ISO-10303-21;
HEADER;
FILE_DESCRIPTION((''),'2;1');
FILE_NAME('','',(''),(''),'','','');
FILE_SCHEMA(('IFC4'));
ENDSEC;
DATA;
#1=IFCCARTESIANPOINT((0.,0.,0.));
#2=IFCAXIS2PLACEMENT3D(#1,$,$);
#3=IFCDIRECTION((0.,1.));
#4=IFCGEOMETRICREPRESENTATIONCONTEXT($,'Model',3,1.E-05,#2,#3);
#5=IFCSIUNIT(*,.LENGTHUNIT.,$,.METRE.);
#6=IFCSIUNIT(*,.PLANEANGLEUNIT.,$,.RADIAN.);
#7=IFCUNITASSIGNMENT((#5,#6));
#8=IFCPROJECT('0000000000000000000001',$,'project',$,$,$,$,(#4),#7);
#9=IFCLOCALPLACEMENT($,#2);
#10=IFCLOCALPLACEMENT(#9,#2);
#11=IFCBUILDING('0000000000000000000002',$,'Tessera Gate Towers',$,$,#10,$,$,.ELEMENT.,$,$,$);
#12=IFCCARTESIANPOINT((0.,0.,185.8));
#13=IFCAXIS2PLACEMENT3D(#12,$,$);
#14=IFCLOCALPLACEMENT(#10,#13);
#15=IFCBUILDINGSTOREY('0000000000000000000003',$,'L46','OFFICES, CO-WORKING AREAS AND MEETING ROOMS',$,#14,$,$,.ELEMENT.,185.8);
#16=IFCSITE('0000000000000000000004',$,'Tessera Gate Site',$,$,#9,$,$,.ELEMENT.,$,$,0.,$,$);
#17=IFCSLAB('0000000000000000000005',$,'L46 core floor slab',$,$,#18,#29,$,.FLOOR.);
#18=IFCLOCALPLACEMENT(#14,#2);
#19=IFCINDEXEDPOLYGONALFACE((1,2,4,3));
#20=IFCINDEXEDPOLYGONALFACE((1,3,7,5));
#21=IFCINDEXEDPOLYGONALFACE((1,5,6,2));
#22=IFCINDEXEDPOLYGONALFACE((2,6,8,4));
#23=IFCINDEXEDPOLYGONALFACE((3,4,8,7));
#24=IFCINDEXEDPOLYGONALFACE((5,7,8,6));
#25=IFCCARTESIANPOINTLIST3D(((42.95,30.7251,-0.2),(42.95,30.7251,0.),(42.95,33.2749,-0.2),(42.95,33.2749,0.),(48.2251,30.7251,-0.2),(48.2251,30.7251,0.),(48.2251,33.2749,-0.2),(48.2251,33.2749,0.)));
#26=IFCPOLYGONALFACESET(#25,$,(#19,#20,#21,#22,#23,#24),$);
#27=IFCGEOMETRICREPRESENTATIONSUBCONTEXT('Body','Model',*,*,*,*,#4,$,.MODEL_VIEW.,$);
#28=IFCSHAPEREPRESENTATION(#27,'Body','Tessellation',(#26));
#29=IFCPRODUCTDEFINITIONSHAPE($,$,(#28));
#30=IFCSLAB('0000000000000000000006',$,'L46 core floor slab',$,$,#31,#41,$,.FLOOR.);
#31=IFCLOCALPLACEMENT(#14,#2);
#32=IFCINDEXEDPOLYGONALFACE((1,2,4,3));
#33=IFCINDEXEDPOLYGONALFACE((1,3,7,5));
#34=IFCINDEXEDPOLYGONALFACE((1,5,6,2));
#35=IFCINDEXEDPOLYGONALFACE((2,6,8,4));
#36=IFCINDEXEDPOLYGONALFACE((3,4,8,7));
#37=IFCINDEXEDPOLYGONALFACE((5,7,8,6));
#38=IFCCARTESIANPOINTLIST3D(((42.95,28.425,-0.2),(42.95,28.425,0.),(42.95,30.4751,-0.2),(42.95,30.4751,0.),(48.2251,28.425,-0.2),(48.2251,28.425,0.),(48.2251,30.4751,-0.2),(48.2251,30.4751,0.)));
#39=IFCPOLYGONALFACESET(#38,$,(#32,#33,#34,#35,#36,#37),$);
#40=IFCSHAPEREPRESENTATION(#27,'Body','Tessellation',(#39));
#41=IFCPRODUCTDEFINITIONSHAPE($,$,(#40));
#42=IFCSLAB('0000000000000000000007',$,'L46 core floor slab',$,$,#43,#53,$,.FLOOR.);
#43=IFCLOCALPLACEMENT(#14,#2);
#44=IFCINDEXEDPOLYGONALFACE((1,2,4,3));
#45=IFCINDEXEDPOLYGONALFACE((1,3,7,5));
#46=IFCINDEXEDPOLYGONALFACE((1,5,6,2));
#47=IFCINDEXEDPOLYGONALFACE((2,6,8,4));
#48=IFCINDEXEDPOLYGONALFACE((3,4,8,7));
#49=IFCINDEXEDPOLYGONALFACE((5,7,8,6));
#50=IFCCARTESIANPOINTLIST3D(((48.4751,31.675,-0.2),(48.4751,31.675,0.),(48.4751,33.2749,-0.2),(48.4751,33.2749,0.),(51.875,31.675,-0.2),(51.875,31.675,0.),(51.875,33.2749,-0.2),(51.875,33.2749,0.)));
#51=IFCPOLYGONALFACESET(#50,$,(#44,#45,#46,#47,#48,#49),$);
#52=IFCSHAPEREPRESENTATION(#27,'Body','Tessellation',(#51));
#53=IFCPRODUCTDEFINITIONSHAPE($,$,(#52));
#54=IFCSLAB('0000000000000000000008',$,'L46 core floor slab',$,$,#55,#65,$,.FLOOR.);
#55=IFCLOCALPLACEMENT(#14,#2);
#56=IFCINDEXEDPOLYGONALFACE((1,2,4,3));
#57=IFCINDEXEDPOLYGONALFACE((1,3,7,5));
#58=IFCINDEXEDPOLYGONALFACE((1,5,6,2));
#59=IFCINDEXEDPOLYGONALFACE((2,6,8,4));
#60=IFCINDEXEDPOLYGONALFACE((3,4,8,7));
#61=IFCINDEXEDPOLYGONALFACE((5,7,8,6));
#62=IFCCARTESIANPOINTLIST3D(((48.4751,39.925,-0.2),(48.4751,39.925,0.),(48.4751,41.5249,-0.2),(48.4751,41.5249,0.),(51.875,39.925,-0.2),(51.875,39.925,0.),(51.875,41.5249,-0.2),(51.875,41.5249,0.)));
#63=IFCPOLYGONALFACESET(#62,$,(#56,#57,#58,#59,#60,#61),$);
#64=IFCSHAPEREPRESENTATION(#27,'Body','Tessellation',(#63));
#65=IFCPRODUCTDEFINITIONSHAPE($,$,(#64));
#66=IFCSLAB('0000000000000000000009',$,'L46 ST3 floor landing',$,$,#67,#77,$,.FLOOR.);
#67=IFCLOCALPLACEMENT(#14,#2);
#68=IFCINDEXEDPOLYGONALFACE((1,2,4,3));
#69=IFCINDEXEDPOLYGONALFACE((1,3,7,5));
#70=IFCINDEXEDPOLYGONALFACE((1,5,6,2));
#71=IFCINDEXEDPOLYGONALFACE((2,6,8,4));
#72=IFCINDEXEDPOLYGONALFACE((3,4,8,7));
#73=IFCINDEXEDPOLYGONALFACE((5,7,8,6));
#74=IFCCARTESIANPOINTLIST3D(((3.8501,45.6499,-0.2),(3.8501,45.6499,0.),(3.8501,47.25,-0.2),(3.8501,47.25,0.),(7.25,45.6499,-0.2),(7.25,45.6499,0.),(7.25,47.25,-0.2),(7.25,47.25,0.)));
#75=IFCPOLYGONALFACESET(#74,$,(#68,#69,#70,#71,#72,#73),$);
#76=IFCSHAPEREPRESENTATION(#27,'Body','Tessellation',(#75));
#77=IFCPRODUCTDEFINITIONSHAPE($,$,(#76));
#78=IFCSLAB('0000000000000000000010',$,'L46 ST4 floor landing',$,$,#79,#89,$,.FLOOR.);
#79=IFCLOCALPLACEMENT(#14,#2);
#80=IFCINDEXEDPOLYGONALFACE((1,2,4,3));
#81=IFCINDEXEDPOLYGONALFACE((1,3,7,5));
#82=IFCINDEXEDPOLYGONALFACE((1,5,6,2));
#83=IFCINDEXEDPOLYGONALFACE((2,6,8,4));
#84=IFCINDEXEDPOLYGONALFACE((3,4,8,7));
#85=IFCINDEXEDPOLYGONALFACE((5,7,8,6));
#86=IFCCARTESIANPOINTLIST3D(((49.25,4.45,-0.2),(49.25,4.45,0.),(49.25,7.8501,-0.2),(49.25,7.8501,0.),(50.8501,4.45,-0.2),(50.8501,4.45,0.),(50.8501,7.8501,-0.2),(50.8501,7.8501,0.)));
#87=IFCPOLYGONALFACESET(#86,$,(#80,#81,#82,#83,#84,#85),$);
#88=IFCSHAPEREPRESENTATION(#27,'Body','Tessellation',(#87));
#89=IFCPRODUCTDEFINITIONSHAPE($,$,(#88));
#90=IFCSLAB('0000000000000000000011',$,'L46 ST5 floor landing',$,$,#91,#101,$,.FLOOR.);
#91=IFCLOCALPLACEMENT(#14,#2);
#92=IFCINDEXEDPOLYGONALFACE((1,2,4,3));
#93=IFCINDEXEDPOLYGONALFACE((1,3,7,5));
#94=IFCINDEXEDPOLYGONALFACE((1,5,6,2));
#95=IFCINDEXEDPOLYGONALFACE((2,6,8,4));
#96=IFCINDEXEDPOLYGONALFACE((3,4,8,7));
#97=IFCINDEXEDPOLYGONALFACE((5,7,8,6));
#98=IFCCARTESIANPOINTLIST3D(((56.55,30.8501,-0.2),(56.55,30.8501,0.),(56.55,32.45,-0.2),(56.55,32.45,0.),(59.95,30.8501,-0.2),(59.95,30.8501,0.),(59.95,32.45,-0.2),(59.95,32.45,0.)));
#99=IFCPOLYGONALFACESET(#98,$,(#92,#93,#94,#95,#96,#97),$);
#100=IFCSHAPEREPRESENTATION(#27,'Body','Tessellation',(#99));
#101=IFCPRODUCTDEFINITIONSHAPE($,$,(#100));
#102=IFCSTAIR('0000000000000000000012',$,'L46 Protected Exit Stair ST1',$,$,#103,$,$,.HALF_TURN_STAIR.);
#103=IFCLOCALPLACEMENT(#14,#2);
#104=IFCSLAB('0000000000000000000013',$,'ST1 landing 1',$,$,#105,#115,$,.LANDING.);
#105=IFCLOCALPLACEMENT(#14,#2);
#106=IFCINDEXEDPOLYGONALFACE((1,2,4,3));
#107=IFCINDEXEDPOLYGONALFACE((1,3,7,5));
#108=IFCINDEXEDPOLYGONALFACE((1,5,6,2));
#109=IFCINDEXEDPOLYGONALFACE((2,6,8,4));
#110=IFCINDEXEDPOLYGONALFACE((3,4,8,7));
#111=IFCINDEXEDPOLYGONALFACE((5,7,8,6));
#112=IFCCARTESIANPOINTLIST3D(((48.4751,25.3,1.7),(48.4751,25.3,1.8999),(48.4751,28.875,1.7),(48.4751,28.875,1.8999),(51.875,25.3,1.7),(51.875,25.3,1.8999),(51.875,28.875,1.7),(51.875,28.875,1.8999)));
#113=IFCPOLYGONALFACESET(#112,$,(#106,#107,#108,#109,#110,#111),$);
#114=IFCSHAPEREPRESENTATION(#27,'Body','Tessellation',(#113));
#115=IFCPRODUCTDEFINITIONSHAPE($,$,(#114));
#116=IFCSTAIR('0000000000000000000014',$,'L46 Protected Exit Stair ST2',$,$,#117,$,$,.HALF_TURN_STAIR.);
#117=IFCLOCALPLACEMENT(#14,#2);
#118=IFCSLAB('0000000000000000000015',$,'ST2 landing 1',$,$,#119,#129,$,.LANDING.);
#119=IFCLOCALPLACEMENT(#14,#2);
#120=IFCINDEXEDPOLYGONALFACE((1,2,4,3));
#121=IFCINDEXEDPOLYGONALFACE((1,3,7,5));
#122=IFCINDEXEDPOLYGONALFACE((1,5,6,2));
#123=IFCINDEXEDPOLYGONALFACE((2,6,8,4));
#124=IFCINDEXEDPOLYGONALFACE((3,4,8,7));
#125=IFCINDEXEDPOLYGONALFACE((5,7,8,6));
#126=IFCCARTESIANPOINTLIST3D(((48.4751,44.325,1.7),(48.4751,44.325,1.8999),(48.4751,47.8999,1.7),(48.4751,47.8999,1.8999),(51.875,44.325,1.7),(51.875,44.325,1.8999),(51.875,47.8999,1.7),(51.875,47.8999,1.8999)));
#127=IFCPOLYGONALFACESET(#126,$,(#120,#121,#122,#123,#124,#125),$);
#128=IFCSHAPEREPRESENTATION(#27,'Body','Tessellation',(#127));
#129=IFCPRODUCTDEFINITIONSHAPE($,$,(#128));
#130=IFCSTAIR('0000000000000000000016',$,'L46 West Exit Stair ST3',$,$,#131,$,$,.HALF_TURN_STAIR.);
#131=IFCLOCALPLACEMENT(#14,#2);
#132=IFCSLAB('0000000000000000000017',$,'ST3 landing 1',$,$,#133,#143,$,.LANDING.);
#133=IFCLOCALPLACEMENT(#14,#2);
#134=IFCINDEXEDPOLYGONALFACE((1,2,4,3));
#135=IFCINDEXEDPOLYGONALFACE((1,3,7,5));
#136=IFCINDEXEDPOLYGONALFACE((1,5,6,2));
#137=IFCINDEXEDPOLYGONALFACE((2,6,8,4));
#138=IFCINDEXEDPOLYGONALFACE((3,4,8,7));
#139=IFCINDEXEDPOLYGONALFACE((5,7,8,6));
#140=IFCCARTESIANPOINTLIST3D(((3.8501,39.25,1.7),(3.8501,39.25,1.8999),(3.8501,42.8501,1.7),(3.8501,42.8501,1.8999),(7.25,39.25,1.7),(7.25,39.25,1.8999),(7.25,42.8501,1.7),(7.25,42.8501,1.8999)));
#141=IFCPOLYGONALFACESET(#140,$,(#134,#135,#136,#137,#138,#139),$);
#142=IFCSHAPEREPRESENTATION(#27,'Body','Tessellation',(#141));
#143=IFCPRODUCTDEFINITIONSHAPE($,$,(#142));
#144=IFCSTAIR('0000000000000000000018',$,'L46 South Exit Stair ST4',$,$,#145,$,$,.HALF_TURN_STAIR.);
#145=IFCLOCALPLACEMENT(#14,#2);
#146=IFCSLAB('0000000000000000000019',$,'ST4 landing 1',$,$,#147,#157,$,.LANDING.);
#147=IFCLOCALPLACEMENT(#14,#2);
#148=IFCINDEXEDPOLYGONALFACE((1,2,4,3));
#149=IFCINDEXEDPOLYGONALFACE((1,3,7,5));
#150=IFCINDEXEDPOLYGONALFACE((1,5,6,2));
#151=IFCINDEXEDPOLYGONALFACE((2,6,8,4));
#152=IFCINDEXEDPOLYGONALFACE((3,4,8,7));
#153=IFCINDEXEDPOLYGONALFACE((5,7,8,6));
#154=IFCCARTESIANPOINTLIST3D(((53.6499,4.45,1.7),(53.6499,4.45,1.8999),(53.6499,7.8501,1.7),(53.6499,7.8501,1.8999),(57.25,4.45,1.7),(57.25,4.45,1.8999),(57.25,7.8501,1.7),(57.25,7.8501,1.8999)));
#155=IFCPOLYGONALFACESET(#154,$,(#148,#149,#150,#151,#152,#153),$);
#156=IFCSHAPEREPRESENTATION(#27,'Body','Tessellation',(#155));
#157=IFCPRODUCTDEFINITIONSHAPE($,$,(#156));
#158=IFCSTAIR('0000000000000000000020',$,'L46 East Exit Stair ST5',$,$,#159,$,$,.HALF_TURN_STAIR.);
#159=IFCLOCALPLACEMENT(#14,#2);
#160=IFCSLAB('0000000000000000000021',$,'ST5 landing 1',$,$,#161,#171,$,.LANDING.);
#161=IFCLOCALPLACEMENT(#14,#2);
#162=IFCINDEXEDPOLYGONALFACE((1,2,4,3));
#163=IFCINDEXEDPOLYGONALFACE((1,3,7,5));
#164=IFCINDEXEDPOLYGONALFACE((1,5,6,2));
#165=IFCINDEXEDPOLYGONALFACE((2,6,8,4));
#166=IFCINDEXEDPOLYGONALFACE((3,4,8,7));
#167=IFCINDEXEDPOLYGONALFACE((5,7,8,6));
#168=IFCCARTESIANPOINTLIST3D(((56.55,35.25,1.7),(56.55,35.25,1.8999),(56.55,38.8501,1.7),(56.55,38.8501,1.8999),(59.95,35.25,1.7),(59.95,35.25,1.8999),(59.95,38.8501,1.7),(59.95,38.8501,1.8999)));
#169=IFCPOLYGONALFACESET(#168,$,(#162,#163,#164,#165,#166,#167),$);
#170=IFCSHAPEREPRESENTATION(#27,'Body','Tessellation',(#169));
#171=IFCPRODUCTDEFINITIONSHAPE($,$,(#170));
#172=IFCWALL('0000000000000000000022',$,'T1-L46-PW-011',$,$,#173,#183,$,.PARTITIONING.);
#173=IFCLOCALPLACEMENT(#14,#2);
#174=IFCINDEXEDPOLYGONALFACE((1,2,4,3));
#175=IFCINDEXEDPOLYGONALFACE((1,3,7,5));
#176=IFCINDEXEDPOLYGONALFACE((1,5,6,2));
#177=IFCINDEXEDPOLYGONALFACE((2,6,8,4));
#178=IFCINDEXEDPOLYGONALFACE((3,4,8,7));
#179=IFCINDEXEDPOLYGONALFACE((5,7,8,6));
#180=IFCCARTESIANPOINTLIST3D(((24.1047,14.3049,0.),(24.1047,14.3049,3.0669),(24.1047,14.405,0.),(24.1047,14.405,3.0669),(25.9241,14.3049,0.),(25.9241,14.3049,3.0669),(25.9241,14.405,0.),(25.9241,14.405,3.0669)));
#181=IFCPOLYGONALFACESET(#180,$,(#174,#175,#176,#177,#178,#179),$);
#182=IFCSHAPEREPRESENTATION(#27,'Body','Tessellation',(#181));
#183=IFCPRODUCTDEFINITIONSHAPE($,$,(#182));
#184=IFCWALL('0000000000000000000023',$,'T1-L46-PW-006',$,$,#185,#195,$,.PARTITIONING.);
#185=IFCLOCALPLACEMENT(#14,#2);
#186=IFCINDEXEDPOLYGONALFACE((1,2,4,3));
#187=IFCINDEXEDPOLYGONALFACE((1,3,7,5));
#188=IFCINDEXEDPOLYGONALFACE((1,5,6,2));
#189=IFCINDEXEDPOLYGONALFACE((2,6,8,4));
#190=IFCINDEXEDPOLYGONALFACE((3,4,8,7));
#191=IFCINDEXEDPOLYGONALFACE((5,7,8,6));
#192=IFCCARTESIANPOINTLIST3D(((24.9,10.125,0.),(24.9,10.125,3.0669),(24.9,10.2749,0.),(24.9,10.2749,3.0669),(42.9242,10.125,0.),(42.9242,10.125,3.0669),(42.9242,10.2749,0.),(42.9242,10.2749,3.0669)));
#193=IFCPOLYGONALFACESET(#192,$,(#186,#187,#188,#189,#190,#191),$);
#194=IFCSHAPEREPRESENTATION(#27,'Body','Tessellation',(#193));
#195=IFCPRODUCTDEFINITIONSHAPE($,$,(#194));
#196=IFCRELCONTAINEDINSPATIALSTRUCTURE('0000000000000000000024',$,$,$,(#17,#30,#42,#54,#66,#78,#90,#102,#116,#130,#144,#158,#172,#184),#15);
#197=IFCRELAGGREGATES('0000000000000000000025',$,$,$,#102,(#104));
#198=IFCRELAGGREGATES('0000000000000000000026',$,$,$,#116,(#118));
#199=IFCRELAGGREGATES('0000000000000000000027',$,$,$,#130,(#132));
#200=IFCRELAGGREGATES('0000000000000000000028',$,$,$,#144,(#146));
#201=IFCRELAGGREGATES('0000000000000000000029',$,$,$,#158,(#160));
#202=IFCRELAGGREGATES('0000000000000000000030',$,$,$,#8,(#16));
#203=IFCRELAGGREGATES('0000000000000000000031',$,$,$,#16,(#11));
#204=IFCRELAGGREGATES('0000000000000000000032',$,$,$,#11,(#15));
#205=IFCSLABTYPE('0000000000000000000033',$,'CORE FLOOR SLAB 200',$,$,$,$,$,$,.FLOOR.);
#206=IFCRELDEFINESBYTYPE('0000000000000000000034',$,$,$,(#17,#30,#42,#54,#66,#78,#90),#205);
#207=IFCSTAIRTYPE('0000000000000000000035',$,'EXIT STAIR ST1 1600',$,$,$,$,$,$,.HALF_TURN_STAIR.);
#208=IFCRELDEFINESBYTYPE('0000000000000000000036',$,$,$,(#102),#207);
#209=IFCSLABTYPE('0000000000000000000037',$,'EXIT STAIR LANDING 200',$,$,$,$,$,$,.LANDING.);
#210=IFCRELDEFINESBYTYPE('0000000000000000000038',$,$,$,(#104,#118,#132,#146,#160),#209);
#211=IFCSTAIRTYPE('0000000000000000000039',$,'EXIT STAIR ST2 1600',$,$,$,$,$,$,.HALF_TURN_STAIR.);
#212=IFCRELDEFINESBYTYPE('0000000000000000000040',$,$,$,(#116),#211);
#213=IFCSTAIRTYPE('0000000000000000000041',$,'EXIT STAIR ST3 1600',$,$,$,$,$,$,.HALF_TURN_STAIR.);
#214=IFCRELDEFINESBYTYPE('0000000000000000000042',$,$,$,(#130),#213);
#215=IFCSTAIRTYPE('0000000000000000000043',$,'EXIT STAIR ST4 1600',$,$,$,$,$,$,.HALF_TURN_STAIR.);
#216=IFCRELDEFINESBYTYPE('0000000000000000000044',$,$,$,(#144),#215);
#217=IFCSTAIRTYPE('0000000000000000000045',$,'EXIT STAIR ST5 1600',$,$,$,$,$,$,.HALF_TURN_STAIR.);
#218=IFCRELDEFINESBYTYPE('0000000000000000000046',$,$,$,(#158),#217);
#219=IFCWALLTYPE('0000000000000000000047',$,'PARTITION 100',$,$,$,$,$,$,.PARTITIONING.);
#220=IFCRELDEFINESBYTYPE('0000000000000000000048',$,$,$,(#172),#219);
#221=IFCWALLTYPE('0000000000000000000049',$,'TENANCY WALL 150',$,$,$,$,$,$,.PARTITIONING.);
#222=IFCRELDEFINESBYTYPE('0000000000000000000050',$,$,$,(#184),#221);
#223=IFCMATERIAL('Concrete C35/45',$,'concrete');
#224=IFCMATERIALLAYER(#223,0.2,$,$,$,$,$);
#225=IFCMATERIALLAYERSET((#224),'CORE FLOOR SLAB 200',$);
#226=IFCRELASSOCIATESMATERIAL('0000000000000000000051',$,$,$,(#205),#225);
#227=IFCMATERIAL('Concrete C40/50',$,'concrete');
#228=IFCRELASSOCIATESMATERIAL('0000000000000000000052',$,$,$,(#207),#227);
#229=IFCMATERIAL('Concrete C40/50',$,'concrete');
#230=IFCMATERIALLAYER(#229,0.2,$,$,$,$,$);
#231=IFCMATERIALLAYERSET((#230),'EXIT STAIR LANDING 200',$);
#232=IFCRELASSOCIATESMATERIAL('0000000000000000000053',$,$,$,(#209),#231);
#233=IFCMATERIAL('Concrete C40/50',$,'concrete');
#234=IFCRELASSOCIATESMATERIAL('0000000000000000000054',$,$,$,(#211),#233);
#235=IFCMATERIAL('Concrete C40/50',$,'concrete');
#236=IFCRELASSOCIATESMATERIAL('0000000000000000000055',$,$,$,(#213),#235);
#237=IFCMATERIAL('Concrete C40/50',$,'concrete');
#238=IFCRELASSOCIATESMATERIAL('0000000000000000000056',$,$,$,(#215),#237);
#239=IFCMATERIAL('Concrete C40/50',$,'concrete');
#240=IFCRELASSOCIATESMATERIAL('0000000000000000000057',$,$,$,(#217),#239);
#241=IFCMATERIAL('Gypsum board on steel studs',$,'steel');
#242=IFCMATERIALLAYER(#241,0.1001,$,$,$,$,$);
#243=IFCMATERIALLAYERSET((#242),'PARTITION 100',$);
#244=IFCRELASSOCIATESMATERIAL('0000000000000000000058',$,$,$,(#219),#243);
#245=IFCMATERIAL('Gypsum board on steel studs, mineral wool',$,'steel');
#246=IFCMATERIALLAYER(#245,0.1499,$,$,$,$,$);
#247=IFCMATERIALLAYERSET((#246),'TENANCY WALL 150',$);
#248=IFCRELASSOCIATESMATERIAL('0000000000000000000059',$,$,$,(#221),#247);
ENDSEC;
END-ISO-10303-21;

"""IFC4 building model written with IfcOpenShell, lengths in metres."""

from ifc_helpers import new_model, si_unit, direction, frame, frame_2d, origin, place, context, subcontext, project, spatial, polyline, rectangle, outline, extrude, material, layer, layer_set, type_object, element, aggregate, save


model = new_model("IFC4")

# Units and contexts
model_context = context("Model", 3, precision=1e-05, world=origin(), true_north=direction((0.0, 1.0)))
body_context = subcontext(model_context, "Body", "Model", "MODEL_VIEW")
ifc_project = project(units=[si_unit("LENGTHUNIT", "METRE"), si_unit("PLANEANGLEUNIT", "RADIAN")], contexts=[model_context])

# Site, building, storey
site_placement = place(None, origin())
site = spatial("IfcSite", under=ifc_project, at=site_placement, Name="Tessera Gate Site", CompositionType="ELEMENT", RefElevation=0.0)
building_placement = place(site_placement, origin())
building = spatial("IfcBuilding", under=site, at=building_placement, Name="Tessera Gate Towers", CompositionType="ELEMENT")
storey_placement = place(building_placement, frame((0.0, 0.0, 185.8)))
storey = spatial("IfcBuildingStorey", under=building, at=storey_placement, Name="L46", Description="OFFICES, CO-WORKING AREAS AND MEETING ROOMS", CompositionType="ELEMENT", Elevation=185.8)

# Slabs
ifc_material_1 = material(Name="Concrete C35/45", Category="concrete")
ifc_layer_1 = layer(ifc_material_1, 0.2)
ifc_layer_set_1 = layer_set([ifc_layer_1], Name="CORE FLOOR SLAB 200")
slab_type_1 = type_object("IfcSlabType", Name="CORE FLOOR SLAB 200", PredefinedType="FLOOR", material=ifc_layer_set_1)
slab_1_placement = place(storey_placement, frame((0.0, 0.0, -0.2)))
element("IfcSlab", 1, at=slab_1_placement, inside=storey, type_object=slab_type_1, Name="L46 core floor slab", PredefinedType="FLOOR", context=body_context, shape_type="SweptSolid", body=[
    extrude(outline(polyline([(42.95, 33.2749), (42.95, 30.7251), (48.2251, 30.7251), (48.2251, 33.2749), (42.95, 33.2749)])), origin(), (0.0, 0.0, 1.0), 0.2),
])
slab_2_placement = place(storey_placement, frame((0.0, 0.0, -0.2)))
element("IfcSlab", 2, at=slab_2_placement, inside=storey, type_object=slab_type_1, Name="L46 core floor slab", PredefinedType="FLOOR", context=body_context, shape_type="SweptSolid", body=[
    extrude(outline(polyline([(48.2251, 30.4751), (42.95, 30.4751), (42.95, 28.425), (48.2251, 28.425), (48.2251, 30.4751)])), origin(), (0.0, 0.0, 1.0), 0.2),
])
slab_3_placement = place(storey_placement, frame((0.0, 0.0, -0.2)))
element("IfcSlab", 3, at=slab_3_placement, inside=storey, type_object=slab_type_1, Name="L46 core floor slab", PredefinedType="FLOOR", context=body_context, shape_type="SweptSolid", body=[
    extrude(outline(polyline([(51.875, 31.675), (51.875, 33.2749), (48.4751, 33.2749), (48.4751, 31.675), (51.875, 31.675)])), origin(), (0.0, 0.0, 1.0), 0.2),
])
slab_4_placement = place(storey_placement, frame((0.0, 0.0, -0.2)))
element("IfcSlab", 4, at=slab_4_placement, inside=storey, type_object=slab_type_1, Name="L46 core floor slab", PredefinedType="FLOOR", context=body_context, shape_type="SweptSolid", body=[
    extrude(outline(polyline([(48.4751, 41.5249), (48.4751, 39.925), (51.875, 39.925), (51.875, 41.5249), (48.4751, 41.5249)])), origin(), (0.0, 0.0, 1.0), 0.2),
])
slab_5_placement = place(storey_placement, frame((0.0, 0.0, -0.2)))
element("IfcSlab", 5, at=slab_5_placement, inside=storey, type_object=slab_type_1, Name="L46 ST3 floor landing", PredefinedType="FLOOR", context=body_context, shape_type="SweptSolid", body=[
    extrude(outline(polyline([(3.8501, 47.25), (3.8501, 45.6499), (7.25, 45.6499), (7.25, 47.25), (3.8501, 47.25)])), origin(), (0.0, 0.0, 1.0), 0.2),
])
slab_6_placement = place(storey_placement, frame((0.0, 0.0, -0.2)))
element("IfcSlab", 6, at=slab_6_placement, inside=storey, type_object=slab_type_1, Name="L46 ST4 floor landing", PredefinedType="FLOOR", context=body_context, shape_type="SweptSolid", body=[
    extrude(outline(polyline([(49.25, 4.45), (50.8501, 4.45), (50.8501, 7.8501), (49.25, 7.8501), (49.25, 4.45)])), origin(), (0.0, 0.0, 1.0), 0.2),
])
slab_7_placement = place(storey_placement, frame((0.0, 0.0, -0.2)))
element("IfcSlab", 7, at=slab_7_placement, inside=storey, type_object=slab_type_1, Name="L46 ST5 floor landing", PredefinedType="FLOOR", context=body_context, shape_type="SweptSolid", body=[
    extrude(outline(polyline([(59.95, 30.8501), (59.95, 32.45), (56.55, 32.45), (56.55, 30.8501), (59.95, 30.8501)])), origin(), (0.0, 0.0, 1.0), 0.2),
])

# Stairs, slabs
ifc_material_2 = material(Name="Concrete C40/50", Category="concrete")
stair_type_1 = type_object("IfcStairType", Name="EXIT STAIR ST1 1600", PredefinedType="HALF_TURN_STAIR", material=ifc_material_2)
stair_1_placement = place(storey_placement, origin())
stair_1 = element("IfcStair", 8, at=stair_1_placement, inside=storey, type_object=stair_type_1, Name="L46 Protected Exit Stair ST1", PredefinedType="HALF_TURN_STAIR")
ifc_material_3 = material(Name="Concrete C40/50", Category="concrete")
ifc_layer_2 = layer(ifc_material_3, 0.2)
ifc_layer_set_2 = layer_set([ifc_layer_2], Name="EXIT STAIR LANDING 200")
slab_type_2 = type_object("IfcSlabType", Name="EXIT STAIR LANDING 200", PredefinedType="LANDING", material=ifc_layer_set_2)
slab_8_placement = place(storey_placement, frame((0.0, 0.0, 1.7)))
slab_8 = element("IfcSlab", 9, at=slab_8_placement, type_object=slab_type_2, Name="ST1 landing 1", PredefinedType="LANDING", context=body_context, shape_type="SweptSolid", body=[
    extrude(outline(polyline([(48.4751, 28.875), (48.4751, 25.3), (51.875, 25.3), (51.875, 28.875), (48.4751, 28.875)])), origin(), (0.0, 0.0, 1.0), 0.2),
])
aggregate(stair_1, [slab_8])
ifc_material_4 = material(Name="Concrete C40/50", Category="concrete")
stair_type_2 = type_object("IfcStairType", Name="EXIT STAIR ST2 1600", PredefinedType="HALF_TURN_STAIR", material=ifc_material_4)
stair_2_placement = place(storey_placement, origin())
stair_2 = element("IfcStair", 10, at=stair_2_placement, inside=storey, type_object=stair_type_2, Name="L46 Protected Exit Stair ST2", PredefinedType="HALF_TURN_STAIR")
slab_9_placement = place(storey_placement, frame((0.0, 0.0, 1.7)))
slab_9 = element("IfcSlab", 11, at=slab_9_placement, type_object=slab_type_2, Name="ST2 landing 1", PredefinedType="LANDING", context=body_context, shape_type="SweptSolid", body=[
    extrude(outline(polyline([(51.875, 44.325), (51.875, 47.8999), (48.4751, 47.8999), (48.4751, 44.325), (51.875, 44.325)])), origin(), (0.0, 0.0, 1.0), 0.2),
])
aggregate(stair_2, [slab_9])
ifc_material_5 = material(Name="Concrete C40/50", Category="concrete")
stair_type_3 = type_object("IfcStairType", Name="EXIT STAIR ST3 1600", PredefinedType="HALF_TURN_STAIR", material=ifc_material_5)
stair_3_placement = place(storey_placement, origin())
stair_3 = element("IfcStair", 12, at=stair_3_placement, inside=storey, type_object=stair_type_3, Name="L46 West Exit Stair ST3", PredefinedType="HALF_TURN_STAIR")
slab_10_placement = place(storey_placement, frame((0.0, 0.0, 1.7)))
slab_10 = element("IfcSlab", 13, at=slab_10_placement, type_object=slab_type_2, Name="ST3 landing 1", PredefinedType="LANDING", context=body_context, shape_type="SweptSolid", body=[
    extrude(outline(polyline([(3.8501, 42.8501), (3.8501, 39.25), (7.25, 39.25), (7.25, 42.8501), (3.8501, 42.8501)])), origin(), (0.0, 0.0, 1.0), 0.2),
])
aggregate(stair_3, [slab_10])
ifc_material_6 = material(Name="Concrete C40/50", Category="concrete")
stair_type_4 = type_object("IfcStairType", Name="EXIT STAIR ST4 1600", PredefinedType="HALF_TURN_STAIR", material=ifc_material_6)
stair_4_placement = place(storey_placement, origin())
stair_4 = element("IfcStair", 14, at=stair_4_placement, inside=storey, type_object=stair_type_4, Name="L46 South Exit Stair ST4", PredefinedType="HALF_TURN_STAIR")
slab_11_placement = place(storey_placement, frame((0.0, 0.0, 1.7)))
slab_11 = element("IfcSlab", 15, at=slab_11_placement, type_object=slab_type_2, Name="ST4 landing 1", PredefinedType="LANDING", context=body_context, shape_type="SweptSolid", body=[
    extrude(outline(polyline([(53.6499, 4.45), (57.25, 4.45), (57.25, 7.8501), (53.6499, 7.8501), (53.6499, 4.45)])), origin(), (0.0, 0.0, 1.0), 0.2),
])
aggregate(stair_4, [slab_11])
ifc_material_7 = material(Name="Concrete C40/50", Category="concrete")
stair_type_5 = type_object("IfcStairType", Name="EXIT STAIR ST5 1600", PredefinedType="HALF_TURN_STAIR", material=ifc_material_7)
stair_5_placement = place(storey_placement, origin())
stair_5 = element("IfcStair", 16, at=stair_5_placement, inside=storey, type_object=stair_type_5, Name="L46 East Exit Stair ST5", PredefinedType="HALF_TURN_STAIR")
slab_12_placement = place(storey_placement, frame((0.0, 0.0, 1.7)))
slab_12 = element("IfcSlab", 17, at=slab_12_placement, type_object=slab_type_2, Name="ST5 landing 1", PredefinedType="LANDING", context=body_context, shape_type="SweptSolid", body=[
    extrude(outline(polyline([(59.95, 35.25), (59.95, 38.8501), (56.55, 38.8501), (56.55, 35.25), (59.95, 35.25)])), origin(), (0.0, 0.0, 1.0), 0.2),
])
aggregate(stair_5, [slab_12])

# Walls
ifc_material_8 = material(Name="Gypsum board on steel studs", Category="steel")
ifc_layer_3 = layer(ifc_material_8, 0.1001)
ifc_layer_set_3 = layer_set([ifc_layer_3], Name="PARTITION 100")
wall_type_1 = type_object("IfcWallType", Name="PARTITION 100", PredefinedType="PARTITIONING", material=ifc_layer_set_3)
wall_1_placement = place(storey_placement, frame((24.1047, 14.355, 0.0), z_axis=(0.0, 0.0, 1.0), x_axis=(1.0, 0.0, 0.0)))
element("IfcWall", 18, at=wall_1_placement, inside=storey, type_object=wall_type_1, Name="T1-L46-PW-011", PredefinedType="PARTITIONING", context=body_context, shape_type="SweptSolid", body=[
    extrude(rectangle(XDim=1.8193, YDim=0.1001, at=frame_2d((0.9097, 0.0))), origin(), (0.0, 0.0, 1.0), 3.0669),
])
ifc_material_9 = material(Name="Gypsum board on steel studs, mineral wool", Category="steel")
ifc_layer_4 = layer(ifc_material_9, 0.1499)
ifc_layer_set_4 = layer_set([ifc_layer_4], Name="TENANCY WALL 150")
wall_type_2 = type_object("IfcWallType", Name="TENANCY WALL 150", PredefinedType="PARTITIONING", material=ifc_layer_set_4)
wall_2_placement = place(storey_placement, frame((24.8999, 10.2, 0.0), z_axis=(0.0, 0.0, 1.0), x_axis=(1.0, 0.0, 0.0)))
element("IfcWall", 19, at=wall_2_placement, inside=storey, type_object=wall_type_2, Name="T1-L46-PW-006", PredefinedType="PARTITIONING", context=body_context, shape_type="SweptSolid", body=[
    extrude(rectangle(XDim=18.0242, YDim=0.1499, at=frame_2d((9.0122, 0.0))), origin(), (0.0, 0.0, 1.0), 3.0669),
])

save(model, "model.ifc")
